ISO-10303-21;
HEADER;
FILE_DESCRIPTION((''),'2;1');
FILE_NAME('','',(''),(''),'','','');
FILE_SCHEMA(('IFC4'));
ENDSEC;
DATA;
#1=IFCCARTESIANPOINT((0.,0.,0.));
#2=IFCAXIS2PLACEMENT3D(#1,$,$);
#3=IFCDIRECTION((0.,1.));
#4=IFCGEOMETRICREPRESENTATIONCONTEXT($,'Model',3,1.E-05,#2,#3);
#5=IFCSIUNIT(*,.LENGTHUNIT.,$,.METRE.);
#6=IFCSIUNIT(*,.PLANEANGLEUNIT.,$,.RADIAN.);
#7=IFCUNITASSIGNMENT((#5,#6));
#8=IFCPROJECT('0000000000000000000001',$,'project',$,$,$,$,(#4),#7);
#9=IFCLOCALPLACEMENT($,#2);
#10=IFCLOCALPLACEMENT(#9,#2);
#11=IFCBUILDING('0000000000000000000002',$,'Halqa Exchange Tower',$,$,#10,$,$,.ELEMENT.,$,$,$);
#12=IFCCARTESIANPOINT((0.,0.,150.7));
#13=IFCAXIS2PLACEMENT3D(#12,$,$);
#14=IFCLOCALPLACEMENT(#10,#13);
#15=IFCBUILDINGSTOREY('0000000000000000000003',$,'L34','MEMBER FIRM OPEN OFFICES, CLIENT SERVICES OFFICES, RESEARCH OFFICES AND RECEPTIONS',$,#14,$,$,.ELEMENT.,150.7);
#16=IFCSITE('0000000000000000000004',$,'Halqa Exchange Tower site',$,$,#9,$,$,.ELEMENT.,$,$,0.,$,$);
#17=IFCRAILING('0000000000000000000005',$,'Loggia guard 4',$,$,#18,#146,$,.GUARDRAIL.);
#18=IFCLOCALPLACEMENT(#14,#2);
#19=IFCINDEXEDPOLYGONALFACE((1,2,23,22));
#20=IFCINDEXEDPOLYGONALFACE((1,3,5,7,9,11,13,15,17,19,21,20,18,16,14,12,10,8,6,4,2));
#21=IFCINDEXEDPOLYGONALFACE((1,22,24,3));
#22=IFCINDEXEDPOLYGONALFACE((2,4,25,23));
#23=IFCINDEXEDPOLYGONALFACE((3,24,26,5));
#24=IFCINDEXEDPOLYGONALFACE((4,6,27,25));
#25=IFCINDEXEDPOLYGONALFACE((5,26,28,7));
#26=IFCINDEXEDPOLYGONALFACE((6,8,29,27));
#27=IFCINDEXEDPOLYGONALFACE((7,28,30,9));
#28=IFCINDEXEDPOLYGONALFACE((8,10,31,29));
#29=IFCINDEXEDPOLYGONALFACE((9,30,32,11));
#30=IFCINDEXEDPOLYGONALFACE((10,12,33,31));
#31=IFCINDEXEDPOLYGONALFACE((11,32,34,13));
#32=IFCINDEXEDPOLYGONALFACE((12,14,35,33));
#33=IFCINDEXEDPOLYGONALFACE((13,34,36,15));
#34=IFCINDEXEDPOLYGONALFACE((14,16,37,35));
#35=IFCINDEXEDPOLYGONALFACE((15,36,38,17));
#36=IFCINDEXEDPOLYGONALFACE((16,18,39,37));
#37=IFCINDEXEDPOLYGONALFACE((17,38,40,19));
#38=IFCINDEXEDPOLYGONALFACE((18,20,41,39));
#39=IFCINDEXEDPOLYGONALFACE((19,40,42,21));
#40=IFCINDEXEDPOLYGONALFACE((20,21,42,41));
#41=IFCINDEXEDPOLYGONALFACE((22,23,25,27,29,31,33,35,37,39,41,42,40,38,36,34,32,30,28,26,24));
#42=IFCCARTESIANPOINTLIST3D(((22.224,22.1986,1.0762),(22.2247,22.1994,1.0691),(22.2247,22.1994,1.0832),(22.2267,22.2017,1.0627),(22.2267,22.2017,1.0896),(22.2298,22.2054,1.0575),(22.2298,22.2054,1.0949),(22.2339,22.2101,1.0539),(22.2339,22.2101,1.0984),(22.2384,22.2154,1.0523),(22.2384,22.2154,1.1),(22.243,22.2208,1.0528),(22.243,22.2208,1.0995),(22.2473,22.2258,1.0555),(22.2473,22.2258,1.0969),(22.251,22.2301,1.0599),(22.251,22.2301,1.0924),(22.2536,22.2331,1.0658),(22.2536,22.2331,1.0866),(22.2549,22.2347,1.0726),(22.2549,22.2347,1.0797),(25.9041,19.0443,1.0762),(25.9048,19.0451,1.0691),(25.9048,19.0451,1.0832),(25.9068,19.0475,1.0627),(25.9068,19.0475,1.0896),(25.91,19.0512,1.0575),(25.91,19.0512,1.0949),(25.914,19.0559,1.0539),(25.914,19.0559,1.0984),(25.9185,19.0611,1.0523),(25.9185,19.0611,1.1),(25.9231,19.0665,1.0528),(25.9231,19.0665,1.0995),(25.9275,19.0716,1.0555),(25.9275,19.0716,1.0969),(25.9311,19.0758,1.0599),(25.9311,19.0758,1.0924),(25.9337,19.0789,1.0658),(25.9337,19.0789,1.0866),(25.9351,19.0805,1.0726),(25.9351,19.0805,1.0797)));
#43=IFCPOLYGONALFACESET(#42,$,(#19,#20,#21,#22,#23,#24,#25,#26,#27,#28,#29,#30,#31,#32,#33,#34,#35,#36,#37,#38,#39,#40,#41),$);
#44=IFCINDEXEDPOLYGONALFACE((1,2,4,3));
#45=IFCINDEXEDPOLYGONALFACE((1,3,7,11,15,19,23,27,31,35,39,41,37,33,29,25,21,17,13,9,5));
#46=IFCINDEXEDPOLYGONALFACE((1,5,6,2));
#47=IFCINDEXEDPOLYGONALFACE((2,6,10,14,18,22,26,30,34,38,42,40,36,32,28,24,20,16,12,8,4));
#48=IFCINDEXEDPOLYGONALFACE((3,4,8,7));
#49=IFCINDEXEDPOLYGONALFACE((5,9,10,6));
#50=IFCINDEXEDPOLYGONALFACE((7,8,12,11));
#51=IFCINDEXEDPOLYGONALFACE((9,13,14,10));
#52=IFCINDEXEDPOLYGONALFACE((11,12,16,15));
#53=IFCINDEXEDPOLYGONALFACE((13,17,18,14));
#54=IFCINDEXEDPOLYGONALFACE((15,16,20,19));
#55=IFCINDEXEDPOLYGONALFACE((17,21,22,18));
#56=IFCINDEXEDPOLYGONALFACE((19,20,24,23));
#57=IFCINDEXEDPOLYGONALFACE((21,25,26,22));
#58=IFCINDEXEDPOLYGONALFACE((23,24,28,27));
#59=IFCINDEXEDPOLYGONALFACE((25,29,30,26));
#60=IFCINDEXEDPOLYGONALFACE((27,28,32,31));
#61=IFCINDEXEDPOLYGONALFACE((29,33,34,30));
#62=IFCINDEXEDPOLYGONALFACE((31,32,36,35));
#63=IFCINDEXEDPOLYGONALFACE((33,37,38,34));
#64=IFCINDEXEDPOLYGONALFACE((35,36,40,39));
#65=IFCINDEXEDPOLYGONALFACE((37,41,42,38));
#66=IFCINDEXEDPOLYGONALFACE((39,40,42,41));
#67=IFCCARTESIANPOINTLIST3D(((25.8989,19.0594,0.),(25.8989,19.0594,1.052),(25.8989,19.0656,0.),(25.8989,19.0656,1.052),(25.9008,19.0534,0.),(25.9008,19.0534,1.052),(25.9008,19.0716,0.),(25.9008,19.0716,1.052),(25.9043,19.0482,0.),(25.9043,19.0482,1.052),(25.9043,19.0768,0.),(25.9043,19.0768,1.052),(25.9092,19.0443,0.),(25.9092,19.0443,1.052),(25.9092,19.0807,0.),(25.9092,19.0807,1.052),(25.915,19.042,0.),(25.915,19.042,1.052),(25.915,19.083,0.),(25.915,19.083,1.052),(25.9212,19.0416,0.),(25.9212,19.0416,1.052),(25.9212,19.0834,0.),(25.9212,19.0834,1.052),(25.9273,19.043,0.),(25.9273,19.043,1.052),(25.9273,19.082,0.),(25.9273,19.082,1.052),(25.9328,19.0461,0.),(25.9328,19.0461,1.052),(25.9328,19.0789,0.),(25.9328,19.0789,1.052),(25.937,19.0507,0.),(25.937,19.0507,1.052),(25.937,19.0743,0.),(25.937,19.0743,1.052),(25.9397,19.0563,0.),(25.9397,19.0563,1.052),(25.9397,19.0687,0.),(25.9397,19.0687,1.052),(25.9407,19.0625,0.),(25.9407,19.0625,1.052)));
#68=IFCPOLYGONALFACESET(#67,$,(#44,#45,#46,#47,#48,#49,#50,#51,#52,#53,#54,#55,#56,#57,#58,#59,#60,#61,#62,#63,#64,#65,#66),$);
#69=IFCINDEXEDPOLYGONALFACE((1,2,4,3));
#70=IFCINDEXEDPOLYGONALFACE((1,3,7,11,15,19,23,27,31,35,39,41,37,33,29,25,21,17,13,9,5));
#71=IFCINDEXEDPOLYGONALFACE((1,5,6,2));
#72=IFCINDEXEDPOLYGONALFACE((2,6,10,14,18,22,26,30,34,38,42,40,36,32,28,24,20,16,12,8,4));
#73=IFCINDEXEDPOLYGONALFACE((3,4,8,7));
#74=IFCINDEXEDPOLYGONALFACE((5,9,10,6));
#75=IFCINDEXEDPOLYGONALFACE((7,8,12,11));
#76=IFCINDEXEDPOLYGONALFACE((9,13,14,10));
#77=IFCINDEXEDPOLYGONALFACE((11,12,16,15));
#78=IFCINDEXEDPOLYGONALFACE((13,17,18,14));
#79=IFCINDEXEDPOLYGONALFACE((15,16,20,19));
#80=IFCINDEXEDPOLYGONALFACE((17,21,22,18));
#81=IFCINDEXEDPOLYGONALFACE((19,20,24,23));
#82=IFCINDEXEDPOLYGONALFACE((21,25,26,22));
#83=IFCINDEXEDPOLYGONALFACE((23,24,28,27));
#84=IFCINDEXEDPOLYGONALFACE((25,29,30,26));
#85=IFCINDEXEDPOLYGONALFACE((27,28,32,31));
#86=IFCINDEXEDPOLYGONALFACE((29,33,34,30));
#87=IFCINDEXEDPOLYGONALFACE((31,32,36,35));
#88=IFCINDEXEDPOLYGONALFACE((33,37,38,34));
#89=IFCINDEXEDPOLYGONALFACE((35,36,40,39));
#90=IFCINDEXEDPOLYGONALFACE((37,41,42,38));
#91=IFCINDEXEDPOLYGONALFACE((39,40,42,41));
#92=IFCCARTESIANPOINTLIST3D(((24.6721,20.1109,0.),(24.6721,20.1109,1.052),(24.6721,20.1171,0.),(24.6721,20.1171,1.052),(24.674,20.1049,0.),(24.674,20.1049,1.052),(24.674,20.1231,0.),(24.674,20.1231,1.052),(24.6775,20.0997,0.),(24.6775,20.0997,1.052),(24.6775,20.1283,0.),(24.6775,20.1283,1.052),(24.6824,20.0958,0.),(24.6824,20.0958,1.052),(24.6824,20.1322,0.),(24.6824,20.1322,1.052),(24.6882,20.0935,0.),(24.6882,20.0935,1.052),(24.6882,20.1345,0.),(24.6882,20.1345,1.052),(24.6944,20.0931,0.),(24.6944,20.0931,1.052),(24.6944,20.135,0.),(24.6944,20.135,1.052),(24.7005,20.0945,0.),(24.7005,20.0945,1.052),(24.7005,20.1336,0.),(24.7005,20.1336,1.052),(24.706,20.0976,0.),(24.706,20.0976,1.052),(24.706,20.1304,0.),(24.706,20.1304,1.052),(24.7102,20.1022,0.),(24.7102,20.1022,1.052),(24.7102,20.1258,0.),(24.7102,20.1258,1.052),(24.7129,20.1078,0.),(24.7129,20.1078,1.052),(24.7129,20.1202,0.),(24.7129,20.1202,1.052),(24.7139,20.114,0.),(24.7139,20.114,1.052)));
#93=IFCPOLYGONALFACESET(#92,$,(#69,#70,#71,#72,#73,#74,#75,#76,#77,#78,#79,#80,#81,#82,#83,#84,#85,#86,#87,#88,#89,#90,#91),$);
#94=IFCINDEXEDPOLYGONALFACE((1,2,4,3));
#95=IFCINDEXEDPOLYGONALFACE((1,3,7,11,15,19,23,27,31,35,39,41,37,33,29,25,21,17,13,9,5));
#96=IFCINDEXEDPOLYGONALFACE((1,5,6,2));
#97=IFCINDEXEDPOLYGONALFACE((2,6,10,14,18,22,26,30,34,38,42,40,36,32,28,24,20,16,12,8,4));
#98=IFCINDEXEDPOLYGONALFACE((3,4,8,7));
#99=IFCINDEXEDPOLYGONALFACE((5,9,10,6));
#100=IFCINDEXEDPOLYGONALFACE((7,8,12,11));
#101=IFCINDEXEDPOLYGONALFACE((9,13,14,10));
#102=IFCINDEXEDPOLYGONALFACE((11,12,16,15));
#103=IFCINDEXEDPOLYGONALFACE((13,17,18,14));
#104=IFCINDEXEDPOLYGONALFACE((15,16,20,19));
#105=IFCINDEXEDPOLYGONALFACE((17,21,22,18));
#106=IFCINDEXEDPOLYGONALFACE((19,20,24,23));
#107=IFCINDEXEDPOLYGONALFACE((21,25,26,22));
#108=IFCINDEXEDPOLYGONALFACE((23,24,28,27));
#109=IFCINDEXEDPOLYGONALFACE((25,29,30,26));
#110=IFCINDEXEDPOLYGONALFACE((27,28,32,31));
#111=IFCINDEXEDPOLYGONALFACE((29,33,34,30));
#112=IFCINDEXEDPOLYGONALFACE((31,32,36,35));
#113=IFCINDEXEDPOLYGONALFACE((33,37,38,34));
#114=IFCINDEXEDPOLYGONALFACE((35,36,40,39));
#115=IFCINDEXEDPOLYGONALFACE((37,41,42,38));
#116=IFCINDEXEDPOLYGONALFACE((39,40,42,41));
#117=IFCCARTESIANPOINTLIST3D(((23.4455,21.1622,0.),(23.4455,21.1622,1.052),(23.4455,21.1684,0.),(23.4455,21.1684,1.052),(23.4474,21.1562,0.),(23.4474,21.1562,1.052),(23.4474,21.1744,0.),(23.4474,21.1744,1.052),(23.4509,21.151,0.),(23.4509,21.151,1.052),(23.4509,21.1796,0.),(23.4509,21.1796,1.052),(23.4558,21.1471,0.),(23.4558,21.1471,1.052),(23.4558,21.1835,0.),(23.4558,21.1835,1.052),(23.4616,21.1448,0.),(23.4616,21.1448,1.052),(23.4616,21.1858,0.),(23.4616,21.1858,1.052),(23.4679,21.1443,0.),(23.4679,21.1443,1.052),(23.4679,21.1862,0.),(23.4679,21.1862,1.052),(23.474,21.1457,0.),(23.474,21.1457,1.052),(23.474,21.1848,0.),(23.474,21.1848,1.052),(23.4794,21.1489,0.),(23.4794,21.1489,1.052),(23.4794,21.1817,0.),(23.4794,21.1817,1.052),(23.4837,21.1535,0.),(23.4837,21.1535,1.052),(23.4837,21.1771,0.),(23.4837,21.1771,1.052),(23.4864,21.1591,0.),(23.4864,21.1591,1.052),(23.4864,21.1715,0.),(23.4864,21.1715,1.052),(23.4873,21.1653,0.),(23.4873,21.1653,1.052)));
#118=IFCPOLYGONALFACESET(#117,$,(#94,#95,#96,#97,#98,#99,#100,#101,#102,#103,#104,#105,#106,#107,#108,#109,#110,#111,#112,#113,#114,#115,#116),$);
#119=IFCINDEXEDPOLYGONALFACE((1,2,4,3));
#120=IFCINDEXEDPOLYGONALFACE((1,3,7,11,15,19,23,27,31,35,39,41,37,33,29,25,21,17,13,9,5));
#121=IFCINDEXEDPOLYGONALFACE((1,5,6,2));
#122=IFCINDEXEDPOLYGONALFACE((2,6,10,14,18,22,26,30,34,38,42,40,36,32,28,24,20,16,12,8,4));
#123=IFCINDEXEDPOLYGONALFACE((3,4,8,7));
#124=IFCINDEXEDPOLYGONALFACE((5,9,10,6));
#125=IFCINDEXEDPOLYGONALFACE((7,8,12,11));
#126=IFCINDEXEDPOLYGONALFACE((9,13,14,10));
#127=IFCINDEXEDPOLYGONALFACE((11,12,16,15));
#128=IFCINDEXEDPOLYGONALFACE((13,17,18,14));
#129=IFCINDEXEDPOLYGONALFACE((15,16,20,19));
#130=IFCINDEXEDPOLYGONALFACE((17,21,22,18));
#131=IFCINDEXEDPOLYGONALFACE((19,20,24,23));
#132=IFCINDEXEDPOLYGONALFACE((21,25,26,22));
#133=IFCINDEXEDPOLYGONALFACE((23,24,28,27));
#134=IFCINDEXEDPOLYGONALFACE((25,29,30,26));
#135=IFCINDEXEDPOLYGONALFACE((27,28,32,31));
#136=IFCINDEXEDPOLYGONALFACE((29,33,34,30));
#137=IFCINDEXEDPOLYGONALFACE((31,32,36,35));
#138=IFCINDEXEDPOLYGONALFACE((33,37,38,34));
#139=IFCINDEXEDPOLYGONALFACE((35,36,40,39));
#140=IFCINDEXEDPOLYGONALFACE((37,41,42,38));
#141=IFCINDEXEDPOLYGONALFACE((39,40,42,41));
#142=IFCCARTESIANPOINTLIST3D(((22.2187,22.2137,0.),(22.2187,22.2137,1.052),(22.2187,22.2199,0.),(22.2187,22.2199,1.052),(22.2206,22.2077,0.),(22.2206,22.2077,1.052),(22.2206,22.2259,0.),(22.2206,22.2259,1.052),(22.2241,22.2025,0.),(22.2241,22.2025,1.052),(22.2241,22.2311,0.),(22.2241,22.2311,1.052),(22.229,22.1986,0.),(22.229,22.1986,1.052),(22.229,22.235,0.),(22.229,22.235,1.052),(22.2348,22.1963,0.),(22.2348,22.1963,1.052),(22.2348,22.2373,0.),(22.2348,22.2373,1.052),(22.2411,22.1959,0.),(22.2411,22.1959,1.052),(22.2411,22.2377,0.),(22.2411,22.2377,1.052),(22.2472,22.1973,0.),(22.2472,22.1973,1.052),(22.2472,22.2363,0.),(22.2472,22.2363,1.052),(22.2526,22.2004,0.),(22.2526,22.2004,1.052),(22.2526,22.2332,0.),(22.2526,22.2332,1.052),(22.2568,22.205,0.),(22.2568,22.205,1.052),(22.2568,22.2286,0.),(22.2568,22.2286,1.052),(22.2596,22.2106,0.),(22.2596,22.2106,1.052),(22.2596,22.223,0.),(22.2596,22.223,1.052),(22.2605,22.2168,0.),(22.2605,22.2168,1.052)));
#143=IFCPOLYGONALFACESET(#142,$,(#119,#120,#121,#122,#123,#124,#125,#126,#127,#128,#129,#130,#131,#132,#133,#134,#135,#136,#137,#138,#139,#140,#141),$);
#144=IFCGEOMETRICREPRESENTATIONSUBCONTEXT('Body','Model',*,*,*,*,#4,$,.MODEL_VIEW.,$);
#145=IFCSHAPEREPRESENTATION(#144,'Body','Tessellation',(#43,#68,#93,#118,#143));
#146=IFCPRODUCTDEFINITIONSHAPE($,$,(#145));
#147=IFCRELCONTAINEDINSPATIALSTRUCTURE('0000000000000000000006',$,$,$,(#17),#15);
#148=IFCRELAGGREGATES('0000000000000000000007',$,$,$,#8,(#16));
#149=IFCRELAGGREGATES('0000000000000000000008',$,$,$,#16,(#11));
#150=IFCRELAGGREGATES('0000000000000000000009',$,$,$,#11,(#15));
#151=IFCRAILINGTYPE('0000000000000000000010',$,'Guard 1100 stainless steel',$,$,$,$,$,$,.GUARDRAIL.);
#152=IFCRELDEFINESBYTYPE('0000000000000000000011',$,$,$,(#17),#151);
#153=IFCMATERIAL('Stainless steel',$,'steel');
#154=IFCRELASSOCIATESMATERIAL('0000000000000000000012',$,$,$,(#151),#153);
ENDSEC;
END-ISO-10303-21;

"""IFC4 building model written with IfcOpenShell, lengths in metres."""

from ifc_helpers import new_model, si_unit, direction, frame, origin, origin_2d, place, context, subcontext, project, spatial, circle, extrude, material, type_object, element, save


model = new_model("IFC4")

# Units and contexts
model_context = context("Model", 3, precision=1e-05, world=origin(), true_north=direction((0.0, 1.0)))
body_context = subcontext(model_context, "Body", "Model", "MODEL_VIEW")
ifc_project = project(units=[si_unit("LENGTHUNIT", "METRE"), si_unit("PLANEANGLEUNIT", "RADIAN")], contexts=[model_context])

# Site, building, storey
site_placement = place(None, origin())
site = spatial("IfcSite", under=ifc_project, at=site_placement, Name="Halqa Exchange Tower site", CompositionType="ELEMENT", RefElevation=0.0)
building_placement = place(site_placement, origin())
building = spatial("IfcBuilding", under=site, at=building_placement, Name="Halqa Exchange Tower", CompositionType="ELEMENT")
storey_placement = place(building_placement, frame((0.0, 0.0, 150.7)))
storey = spatial("IfcBuildingStorey", under=building, at=storey_placement, Name="L34", Description="MEMBER FIRM OPEN OFFICES, CLIENT SERVICES OFFICES, RESEARCH OFFICES AND RECEPTIONS", CompositionType="ELEMENT", Elevation=150.7)

# Railing
ifc_material_1 = material(Name="Stainless steel", Category="steel")
railing_type = type_object("IfcRailingType", Name="Guard 1100 stainless steel", PredefinedType="GUARDRAIL", material=ifc_material_1)
railing_1_placement = place(storey_placement, frame((25.9197, 19.0625, 0.0)))
element("IfcRailing", 1, at=railing_1_placement, inside=storey, type_object=railing_type, Name="Loggia guard 4", PredefinedType="GUARDRAIL", context=body_context, shape_type="SweptSolid", body=[
    extrude(circle(Radius=0.0239, at=origin_2d()), frame((0.0, 0.0, 1.0762), z_axis=(-0.759271, 0.650775, 0.0), x_axis=(-0.650775, -0.759271, 0.0)), (0.0, 0.0, 1.0), 4.8469),
    extrude(circle(Radius=0.021, at=origin_2d()), origin(), (0.0, 0.0, 1.0), 1.052),
    extrude(circle(Radius=0.021, at=origin_2d()), frame((-1.2268, 1.0515, 0.0)), (0.0, 0.0, 1.0), 1.052),
    extrude(circle(Radius=0.021, at=origin_2d()), frame((-2.4534, 2.1028, 0.0)), (0.0, 0.0, 1.0), 1.052),
    extrude(circle(Radius=0.021, at=origin_2d()), frame((-3.6802, 3.1543, 0.0)), (0.0, 0.0, 1.0), 1.052),
])

save(model, "model.ifc")
